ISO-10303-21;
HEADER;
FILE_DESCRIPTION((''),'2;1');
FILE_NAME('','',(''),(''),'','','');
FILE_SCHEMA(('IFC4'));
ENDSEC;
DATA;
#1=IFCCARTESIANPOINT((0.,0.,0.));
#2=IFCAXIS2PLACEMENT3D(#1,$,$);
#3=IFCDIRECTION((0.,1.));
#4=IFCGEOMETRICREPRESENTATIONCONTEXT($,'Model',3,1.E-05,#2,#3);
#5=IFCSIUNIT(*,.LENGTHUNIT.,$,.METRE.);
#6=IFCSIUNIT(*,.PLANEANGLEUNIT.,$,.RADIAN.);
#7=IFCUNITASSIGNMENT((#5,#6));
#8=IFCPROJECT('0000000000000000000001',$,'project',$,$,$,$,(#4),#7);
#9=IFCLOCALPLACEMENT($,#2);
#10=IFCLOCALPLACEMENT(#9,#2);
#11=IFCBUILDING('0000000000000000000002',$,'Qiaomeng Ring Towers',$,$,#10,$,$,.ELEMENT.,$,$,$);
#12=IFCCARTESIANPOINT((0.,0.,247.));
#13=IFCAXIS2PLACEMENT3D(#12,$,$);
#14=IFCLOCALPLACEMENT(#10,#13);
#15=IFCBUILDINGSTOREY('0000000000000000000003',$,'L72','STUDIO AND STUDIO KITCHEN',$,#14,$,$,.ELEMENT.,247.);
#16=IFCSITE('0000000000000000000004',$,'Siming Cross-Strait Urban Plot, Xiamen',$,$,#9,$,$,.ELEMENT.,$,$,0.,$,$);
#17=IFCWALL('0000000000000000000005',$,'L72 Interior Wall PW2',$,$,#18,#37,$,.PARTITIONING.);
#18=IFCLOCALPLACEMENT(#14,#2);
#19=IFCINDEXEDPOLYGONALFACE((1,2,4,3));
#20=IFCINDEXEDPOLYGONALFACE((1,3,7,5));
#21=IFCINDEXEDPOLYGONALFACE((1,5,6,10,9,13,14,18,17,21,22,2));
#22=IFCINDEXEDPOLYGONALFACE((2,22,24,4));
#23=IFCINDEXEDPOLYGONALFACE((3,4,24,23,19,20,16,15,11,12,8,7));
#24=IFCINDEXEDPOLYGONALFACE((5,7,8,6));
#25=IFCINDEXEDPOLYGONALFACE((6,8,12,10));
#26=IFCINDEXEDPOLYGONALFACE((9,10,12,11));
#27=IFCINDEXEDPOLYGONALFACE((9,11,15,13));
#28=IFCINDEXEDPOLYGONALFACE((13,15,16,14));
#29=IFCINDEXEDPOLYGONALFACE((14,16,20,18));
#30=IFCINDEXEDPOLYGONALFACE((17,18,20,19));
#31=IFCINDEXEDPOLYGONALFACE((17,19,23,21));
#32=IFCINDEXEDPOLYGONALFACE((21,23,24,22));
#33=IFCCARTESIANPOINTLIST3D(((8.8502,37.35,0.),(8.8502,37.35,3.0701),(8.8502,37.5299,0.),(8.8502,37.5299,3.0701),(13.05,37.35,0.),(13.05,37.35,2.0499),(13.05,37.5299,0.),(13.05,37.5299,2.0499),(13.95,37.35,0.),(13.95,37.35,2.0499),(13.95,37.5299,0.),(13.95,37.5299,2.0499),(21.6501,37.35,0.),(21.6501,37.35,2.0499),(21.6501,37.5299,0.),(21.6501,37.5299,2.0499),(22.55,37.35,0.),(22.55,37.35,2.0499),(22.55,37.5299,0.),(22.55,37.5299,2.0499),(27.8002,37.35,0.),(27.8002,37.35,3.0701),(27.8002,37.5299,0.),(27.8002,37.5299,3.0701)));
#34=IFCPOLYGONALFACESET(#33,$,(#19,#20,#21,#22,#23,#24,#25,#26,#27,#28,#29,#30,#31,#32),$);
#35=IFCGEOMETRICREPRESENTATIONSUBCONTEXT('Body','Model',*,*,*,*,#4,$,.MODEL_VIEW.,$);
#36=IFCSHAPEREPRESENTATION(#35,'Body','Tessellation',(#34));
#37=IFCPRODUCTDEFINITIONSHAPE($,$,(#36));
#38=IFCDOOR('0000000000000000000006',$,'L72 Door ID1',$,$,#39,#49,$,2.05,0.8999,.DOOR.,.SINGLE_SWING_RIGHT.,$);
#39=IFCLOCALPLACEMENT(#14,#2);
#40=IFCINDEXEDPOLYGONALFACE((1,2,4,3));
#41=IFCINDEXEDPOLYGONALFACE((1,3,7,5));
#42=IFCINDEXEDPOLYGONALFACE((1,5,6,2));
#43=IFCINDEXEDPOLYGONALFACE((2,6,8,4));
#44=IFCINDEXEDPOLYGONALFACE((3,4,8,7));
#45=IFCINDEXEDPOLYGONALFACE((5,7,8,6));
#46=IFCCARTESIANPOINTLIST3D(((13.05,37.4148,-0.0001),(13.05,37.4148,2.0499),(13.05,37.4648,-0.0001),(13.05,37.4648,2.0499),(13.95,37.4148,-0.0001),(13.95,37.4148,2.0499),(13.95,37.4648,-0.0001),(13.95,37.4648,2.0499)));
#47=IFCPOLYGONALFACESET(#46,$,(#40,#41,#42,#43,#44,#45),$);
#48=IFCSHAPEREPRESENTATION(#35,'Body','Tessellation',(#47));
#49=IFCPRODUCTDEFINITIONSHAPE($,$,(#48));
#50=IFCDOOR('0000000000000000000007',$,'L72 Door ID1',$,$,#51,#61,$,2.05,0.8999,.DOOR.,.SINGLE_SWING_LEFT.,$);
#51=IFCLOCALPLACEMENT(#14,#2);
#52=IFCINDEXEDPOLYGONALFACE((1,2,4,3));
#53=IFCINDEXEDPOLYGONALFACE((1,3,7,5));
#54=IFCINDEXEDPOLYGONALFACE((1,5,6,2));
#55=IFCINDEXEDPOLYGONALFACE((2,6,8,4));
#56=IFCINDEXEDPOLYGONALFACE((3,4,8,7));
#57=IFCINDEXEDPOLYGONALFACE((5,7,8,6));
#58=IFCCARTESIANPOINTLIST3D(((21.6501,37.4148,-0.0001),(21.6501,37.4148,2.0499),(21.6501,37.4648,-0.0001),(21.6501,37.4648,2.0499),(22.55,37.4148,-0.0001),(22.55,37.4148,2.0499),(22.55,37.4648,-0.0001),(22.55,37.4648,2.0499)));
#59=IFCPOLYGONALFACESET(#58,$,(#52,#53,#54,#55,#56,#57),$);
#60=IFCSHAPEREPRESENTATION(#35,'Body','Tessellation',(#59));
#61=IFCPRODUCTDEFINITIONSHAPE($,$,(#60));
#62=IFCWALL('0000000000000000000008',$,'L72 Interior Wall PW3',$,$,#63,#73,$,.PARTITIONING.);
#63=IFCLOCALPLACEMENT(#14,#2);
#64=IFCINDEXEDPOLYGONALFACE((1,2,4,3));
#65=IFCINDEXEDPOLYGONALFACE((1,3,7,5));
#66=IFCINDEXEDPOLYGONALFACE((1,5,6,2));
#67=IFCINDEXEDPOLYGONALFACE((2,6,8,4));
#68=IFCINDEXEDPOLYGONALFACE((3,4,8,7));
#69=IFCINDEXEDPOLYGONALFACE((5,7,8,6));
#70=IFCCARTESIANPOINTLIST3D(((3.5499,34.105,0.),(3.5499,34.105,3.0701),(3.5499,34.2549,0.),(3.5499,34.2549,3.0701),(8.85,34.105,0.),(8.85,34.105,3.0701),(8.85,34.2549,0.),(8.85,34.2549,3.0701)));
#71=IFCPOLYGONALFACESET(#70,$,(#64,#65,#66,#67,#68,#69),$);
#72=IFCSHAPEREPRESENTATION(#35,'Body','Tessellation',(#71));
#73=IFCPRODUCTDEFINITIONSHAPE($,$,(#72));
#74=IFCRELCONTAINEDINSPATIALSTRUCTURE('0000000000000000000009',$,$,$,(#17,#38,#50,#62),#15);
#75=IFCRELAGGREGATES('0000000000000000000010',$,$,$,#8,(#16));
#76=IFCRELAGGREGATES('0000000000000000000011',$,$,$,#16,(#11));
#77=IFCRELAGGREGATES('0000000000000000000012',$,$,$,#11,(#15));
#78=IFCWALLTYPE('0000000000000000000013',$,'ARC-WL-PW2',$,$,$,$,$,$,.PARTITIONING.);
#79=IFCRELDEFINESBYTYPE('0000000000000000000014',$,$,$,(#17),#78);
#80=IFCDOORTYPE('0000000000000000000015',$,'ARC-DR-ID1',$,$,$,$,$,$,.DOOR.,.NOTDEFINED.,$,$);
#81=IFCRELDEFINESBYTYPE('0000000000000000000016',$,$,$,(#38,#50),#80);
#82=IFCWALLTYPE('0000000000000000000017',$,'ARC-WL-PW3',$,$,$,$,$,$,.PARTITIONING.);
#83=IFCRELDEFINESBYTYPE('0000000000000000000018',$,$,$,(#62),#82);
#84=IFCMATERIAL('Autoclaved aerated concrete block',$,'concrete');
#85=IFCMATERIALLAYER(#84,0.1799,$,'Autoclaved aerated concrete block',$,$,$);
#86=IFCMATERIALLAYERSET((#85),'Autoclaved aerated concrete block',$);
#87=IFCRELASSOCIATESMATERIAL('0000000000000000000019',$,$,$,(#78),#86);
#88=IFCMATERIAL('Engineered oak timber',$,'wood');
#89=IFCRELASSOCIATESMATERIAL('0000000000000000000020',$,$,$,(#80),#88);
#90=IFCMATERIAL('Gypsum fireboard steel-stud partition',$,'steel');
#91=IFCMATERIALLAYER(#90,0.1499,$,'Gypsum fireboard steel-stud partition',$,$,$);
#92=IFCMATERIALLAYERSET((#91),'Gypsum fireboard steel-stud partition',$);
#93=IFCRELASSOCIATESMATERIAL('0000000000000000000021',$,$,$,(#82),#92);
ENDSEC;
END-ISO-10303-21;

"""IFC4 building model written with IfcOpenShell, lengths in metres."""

from ifc_helpers import new_model, si_unit, direction, frame, frame_2d, origin, place, context, subcontext, project, spatial, rectangle, extrude, source, transform, mapped, material, layer, layer_set, type_object, element, fill, save


model = new_model("IFC4")

# Units and contexts
model_context = context("Model", 3, precision=1e-05, world=origin(), true_north=direction((0.0, 1.0)))
body_context = subcontext(model_context, "Body", "Model", "MODEL_VIEW")
ifc_project = project(units=[si_unit("LENGTHUNIT", "METRE"), si_unit("PLANEANGLEUNIT", "RADIAN")], contexts=[model_context])

# Site, building, storey
site_placement = place(None, origin())
site = spatial("IfcSite", under=ifc_project, at=site_placement, Name="Siming Cross-Strait Urban Plot, Xiamen", CompositionType="ELEMENT", RefElevation=0.0)
building_placement = place(site_placement, origin())
building = spatial("IfcBuilding", under=site, at=building_placement, Name="Qiaomeng Ring Towers", CompositionType="ELEMENT")
storey_placement = place(building_placement, frame((0.0, 0.0, 247.0)))
storey = spatial("IfcBuildingStorey", under=building, at=storey_placement, Name="L72", Description="STUDIO AND STUDIO KITCHEN", CompositionType="ELEMENT", Elevation=247.0)

# Shared definitions
ifc_material_1 = material(Name="Autoclaved aerated concrete block", Category="concrete")
ifc_layer_1 = layer(ifc_material_1, 0.1799, Name="Autoclaved aerated concrete block")
ifc_layer_set_1 = layer_set([ifc_layer_1], Name="Autoclaved aerated concrete block")
wall_type_1 = type_object("IfcWallType", Name="ARC-WL-PW2", PredefinedType="PARTITIONING", material=ifc_layer_set_1)

# Wall, openings, doors
wall_1_placement = place(storey_placement, frame((8.8501, 37.4399, 0.0), z_axis=(0.0, 0.0, 1.0), x_axis=(1.0, 0.0, 0.0)))
wall_1 = element("IfcWall", 1, at=wall_1_placement, inside=storey, type_object=wall_type_1, Name="L72 Interior Wall PW2", PredefinedType="PARTITIONING", context=body_context, shape_type="SweptSolid", body=[
    extrude(rectangle(XDim=18.95, YDim=0.1799, at=frame_2d((9.4751, 0.0))), origin(), (0.0, 0.0, 1.0), 3.0701),
])
opening_1_placement = place(wall_1_placement, frame((4.2, 0.0, 0.0)))
opening_1 = element("IfcOpeningElement", 2, at=opening_1_placement, cuts=wall_1, PredefinedType="OPENING", context=body_context, shape_type="SweptSolid", body=[
    extrude(rectangle(XDim=0.8999, YDim=2.05, at=frame_2d((0.45, 1.0249))), frame((0.0, 0.0999, 0.0), z_axis=(0.0, -1.0, 0.0), x_axis=(1.0, 0.0, 0.0)), (0.0, 0.0, 1.0), 0.2),
])
opening_2_placement = place(wall_1_placement, frame((12.8, 0.0, 0.0)))
opening_2 = element("IfcOpeningElement", 3, at=opening_2_placement, cuts=wall_1, PredefinedType="OPENING", context=body_context, shape_type="SweptSolid", body=[
    extrude(rectangle(XDim=0.8999, YDim=2.05, at=frame_2d((0.45, 1.0249))), frame((0.0, 0.0999, 0.0), z_axis=(0.0, -1.0, 0.0), x_axis=(1.0, 0.0, 0.0)), (0.0, 0.0, 1.0), 0.2),
])
ifc_material_2 = material(Name="Engineered oak timber", Category="wood")
door_type_1 = type_object("IfcDoorType", Name="ARC-DR-ID1", OperationType="NOTDEFINED", PredefinedType="DOOR", material=ifc_material_2)
shared_shape_1 = source(origin(), body_context, "Body", "SweptSolid", [
    extrude(rectangle(XDim=0.8999, YDim=2.05, at=frame_2d((0.45, 1.0249))), frame((0.0, 0.0249, 0.0), z_axis=(0.0, -1.0, 0.0), x_axis=(1.0, 0.0, 0.0)), (0.0, 0.0, 1.0), 0.05),
])
door_1_placement = place(opening_1_placement, origin())
door_1 = element("IfcDoor", 4, at=door_1_placement, inside=storey, type_object=door_type_1, Name="L72 Door ID1", OperationType="SINGLE_SWING_RIGHT", OverallHeight=2.05, OverallWidth=0.8999, PredefinedType="DOOR", context=body_context, shape_type="MappedRepresentation", body=[
    mapped(shared_shape_1, transform((0.0, 0.0, 0.0), x_axis=(1.0, 0.0, 0.0), y_axis=(0.0, 1.0, 0.0), z_axis=(0.0, 0.0, 1.0), scale=1.0)),
])
fill(opening_1, door_1)
door_2_placement = place(opening_2_placement, origin())
door_2 = element("IfcDoor", 5, at=door_2_placement, inside=storey, type_object=door_type_1, Name="L72 Door ID1", OperationType="SINGLE_SWING_LEFT", OverallHeight=2.05, OverallWidth=0.8999, PredefinedType="DOOR", context=body_context, shape_type="MappedRepresentation", body=[
    mapped(shared_shape_1, transform((0.0, 0.0, 0.0), x_axis=(1.0, 0.0, 0.0), y_axis=(0.0, 1.0, 0.0), z_axis=(0.0, 0.0, 1.0), scale=1.0)),
])
fill(opening_2, door_2)

# Wall
ifc_material_3 = material(Name="Gypsum fireboard steel-stud partition", Category="steel")
ifc_layer_2 = layer(ifc_material_3, 0.1499, Name="Gypsum fireboard steel-stud partition")
ifc_layer_set_2 = layer_set([ifc_layer_2], Name="Gypsum fireboard steel-stud partition")
wall_type_2 = type_object("IfcWallType", Name="ARC-WL-PW3", PredefinedType="PARTITIONING", material=ifc_layer_set_2)
wall_2_placement = place(storey_placement, frame((3.55, 34.1799, 0.0), z_axis=(0.0, 0.0, 1.0), x_axis=(1.0, 0.0, 0.0)))
element("IfcWall", 6, at=wall_2_placement, inside=storey, type_object=wall_type_2, Name="L72 Interior Wall PW3", PredefinedType="PARTITIONING", context=body_context, shape_type="SweptSolid", body=[
    extrude(rectangle(XDim=5.3, YDim=0.1499, at=frame_2d((2.6499, 0.0))), origin(), (0.0, 0.0, 1.0), 3.0701),
])

save(model, "model.ifc")
